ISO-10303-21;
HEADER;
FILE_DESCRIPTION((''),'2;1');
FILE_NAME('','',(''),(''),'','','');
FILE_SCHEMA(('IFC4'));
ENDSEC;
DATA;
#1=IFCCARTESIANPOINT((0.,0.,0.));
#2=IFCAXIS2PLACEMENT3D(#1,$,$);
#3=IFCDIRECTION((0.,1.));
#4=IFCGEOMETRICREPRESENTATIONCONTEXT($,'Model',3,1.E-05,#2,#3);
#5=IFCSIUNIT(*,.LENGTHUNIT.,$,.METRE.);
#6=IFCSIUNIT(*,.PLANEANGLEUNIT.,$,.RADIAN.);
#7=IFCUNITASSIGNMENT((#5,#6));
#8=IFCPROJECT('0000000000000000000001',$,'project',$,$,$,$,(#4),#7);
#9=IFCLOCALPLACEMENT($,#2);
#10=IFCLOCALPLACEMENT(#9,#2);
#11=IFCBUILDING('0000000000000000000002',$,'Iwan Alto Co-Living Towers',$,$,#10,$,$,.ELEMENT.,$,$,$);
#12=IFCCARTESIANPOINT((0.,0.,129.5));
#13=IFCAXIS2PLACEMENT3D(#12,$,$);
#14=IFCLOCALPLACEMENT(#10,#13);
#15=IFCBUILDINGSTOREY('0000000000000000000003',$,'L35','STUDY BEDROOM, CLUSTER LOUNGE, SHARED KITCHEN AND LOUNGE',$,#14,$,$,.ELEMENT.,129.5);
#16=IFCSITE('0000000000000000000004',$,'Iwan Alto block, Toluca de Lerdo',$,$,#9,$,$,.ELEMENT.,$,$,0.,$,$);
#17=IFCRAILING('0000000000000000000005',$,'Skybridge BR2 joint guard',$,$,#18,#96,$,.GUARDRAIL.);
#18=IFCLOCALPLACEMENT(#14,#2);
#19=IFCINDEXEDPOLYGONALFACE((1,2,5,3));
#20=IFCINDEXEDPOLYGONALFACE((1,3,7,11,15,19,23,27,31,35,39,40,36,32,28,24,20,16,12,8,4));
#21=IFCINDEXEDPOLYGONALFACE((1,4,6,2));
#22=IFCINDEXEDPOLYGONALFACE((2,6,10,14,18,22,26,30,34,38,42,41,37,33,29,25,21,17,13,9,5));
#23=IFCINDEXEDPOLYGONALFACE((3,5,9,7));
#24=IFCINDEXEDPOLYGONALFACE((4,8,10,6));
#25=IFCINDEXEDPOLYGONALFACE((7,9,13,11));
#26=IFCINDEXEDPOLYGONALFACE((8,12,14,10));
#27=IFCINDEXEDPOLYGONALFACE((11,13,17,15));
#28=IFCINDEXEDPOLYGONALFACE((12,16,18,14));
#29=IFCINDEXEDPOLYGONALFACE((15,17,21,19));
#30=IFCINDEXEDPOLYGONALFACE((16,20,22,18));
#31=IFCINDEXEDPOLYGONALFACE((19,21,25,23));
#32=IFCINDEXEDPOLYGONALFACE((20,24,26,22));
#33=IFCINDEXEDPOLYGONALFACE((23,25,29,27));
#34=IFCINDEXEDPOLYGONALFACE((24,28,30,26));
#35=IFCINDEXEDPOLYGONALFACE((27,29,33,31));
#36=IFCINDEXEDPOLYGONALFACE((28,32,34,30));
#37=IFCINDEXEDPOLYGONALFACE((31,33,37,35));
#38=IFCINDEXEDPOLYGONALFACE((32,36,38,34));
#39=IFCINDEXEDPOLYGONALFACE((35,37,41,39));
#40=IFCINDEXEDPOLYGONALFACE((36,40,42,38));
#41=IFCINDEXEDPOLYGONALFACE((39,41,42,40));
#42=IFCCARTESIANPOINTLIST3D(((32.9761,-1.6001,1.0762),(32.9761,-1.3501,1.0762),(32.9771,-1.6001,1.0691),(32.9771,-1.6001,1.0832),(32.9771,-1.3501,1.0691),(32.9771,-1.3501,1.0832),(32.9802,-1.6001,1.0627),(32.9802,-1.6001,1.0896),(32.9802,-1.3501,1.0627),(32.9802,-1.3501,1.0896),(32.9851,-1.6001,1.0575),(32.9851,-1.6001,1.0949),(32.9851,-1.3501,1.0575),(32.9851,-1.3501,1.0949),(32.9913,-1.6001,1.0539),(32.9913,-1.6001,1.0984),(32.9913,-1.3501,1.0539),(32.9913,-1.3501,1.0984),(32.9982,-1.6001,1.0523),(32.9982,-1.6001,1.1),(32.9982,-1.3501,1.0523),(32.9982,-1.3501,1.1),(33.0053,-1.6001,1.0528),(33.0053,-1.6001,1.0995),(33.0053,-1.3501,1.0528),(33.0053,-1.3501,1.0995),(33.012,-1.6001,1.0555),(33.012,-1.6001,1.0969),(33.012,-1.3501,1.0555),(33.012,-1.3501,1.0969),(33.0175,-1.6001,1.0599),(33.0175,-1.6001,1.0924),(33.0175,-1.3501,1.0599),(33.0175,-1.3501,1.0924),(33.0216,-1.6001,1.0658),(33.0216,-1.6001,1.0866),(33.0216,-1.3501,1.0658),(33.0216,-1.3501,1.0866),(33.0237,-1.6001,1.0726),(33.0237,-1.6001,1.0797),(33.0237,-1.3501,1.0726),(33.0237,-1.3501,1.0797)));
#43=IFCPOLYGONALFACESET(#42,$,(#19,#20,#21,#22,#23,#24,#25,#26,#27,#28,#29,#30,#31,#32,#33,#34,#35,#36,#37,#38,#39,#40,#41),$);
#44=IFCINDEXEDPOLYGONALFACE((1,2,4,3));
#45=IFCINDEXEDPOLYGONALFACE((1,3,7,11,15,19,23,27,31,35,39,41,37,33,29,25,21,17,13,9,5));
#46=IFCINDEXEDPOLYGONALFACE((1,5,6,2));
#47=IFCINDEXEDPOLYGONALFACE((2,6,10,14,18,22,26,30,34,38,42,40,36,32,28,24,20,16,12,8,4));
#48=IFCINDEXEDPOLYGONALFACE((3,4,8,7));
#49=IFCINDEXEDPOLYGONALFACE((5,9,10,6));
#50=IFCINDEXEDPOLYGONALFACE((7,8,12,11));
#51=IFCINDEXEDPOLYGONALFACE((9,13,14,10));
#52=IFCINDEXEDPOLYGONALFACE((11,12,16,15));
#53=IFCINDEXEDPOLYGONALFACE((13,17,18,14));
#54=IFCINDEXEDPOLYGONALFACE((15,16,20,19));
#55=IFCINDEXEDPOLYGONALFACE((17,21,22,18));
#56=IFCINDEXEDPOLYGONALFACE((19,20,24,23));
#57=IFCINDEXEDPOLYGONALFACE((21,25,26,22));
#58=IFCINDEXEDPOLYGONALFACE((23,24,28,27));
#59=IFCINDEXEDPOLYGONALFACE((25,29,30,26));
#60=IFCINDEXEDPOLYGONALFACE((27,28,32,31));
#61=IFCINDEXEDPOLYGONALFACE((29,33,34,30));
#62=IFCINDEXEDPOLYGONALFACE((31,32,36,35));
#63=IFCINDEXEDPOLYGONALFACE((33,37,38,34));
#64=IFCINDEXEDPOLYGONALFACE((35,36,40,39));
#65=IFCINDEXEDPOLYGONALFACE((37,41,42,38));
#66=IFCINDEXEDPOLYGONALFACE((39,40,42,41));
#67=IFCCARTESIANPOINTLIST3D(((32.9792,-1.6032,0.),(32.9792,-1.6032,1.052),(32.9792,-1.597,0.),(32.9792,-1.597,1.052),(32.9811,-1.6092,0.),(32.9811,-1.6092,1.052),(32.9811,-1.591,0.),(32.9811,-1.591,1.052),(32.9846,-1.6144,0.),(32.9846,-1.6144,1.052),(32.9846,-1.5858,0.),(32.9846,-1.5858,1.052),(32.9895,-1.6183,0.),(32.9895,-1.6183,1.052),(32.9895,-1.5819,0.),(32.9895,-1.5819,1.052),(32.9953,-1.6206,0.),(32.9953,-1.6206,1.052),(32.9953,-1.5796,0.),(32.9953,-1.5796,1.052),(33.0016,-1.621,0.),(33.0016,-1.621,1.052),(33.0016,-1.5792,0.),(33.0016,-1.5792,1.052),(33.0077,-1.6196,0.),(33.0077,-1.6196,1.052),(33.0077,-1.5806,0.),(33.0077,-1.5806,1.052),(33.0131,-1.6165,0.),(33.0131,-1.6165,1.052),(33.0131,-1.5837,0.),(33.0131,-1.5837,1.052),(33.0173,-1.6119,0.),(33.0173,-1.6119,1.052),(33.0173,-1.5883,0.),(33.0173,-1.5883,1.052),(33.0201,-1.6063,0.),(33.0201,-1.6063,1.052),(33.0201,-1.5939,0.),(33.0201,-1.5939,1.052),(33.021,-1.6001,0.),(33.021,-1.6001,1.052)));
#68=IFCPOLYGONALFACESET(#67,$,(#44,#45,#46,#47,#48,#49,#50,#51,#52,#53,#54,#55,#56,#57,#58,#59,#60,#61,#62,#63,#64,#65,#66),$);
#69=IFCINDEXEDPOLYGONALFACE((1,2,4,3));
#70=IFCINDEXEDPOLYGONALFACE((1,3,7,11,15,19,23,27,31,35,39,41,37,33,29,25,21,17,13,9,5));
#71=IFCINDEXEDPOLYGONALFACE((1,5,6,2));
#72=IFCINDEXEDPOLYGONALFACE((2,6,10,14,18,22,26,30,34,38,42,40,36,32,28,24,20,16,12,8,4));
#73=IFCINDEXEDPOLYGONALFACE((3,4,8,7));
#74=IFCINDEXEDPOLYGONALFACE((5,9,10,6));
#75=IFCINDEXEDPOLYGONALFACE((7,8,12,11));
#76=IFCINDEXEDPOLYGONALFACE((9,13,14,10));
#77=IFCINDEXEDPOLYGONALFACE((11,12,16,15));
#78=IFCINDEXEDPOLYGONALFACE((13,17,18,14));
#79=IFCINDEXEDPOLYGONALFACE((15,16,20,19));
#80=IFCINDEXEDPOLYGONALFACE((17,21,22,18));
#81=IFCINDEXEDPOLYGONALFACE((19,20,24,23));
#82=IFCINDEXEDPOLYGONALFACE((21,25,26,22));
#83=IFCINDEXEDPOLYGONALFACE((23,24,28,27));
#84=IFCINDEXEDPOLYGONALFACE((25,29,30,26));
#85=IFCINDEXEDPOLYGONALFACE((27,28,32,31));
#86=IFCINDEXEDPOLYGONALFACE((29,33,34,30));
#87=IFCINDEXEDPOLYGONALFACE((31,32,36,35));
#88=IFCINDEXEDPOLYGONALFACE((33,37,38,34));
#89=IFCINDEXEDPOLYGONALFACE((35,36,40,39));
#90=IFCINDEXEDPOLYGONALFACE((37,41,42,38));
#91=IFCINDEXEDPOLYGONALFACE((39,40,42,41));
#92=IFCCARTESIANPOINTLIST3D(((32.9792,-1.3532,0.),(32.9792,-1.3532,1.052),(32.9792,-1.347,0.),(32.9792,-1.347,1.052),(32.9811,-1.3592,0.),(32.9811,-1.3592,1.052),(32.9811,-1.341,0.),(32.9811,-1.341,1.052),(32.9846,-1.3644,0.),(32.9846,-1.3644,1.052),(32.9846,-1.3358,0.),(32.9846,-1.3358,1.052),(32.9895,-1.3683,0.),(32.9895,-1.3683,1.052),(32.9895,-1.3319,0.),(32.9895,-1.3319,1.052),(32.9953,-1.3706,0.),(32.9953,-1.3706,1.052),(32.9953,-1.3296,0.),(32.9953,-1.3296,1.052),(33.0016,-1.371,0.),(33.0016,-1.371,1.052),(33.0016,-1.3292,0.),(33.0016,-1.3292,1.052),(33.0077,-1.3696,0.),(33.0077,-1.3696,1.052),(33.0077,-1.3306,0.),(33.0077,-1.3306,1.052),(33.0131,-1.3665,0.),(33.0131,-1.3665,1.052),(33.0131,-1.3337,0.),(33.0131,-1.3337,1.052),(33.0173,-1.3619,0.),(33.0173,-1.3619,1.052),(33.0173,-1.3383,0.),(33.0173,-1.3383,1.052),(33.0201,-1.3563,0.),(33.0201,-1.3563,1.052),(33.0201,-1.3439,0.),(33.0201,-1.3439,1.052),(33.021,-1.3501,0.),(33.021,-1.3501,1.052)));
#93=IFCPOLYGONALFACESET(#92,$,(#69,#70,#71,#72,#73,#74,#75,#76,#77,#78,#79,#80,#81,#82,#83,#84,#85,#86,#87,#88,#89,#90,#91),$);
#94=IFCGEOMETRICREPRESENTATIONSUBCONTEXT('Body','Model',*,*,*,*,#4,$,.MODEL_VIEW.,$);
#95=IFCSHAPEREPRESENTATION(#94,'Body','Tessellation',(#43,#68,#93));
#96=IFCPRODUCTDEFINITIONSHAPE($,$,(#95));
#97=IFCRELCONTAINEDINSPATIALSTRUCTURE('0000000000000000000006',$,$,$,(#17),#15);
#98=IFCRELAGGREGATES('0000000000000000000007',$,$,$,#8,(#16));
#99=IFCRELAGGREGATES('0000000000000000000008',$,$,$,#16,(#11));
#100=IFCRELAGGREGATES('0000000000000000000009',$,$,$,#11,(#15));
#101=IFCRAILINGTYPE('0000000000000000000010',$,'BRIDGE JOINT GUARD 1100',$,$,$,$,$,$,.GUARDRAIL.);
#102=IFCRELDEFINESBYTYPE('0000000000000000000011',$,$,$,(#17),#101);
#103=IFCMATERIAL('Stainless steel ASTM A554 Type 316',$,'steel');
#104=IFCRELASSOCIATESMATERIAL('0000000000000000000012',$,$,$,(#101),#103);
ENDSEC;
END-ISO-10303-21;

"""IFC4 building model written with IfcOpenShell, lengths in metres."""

from ifc_helpers import new_model, si_unit, direction, frame, origin, origin_2d, place, context, subcontext, project, spatial, circle, extrude, material, type_object, element, save


model = new_model("IFC4")

# Units and contexts
model_context = context("Model", 3, precision=1e-05, world=origin(), true_north=direction((0.0, 1.0)))
body_context = subcontext(model_context, "Body", "Model", "MODEL_VIEW")
ifc_project = project(units=[si_unit("LENGTHUNIT", "METRE"), si_unit("PLANEANGLEUNIT", "RADIAN")], contexts=[model_context])

# Site, building, storey
site_placement = place(None, origin())
site = spatial("IfcSite", under=ifc_project, at=site_placement, Name="Iwan Alto block, Toluca de Lerdo", CompositionType="ELEMENT", RefElevation=0.0)
building_placement = place(site_placement, origin())
building = spatial("IfcBuilding", under=site, at=building_placement, Name="Iwan Alto Co-Living Towers", CompositionType="ELEMENT")
storey_placement = place(building_placement, frame((0.0, 0.0, 129.5)))
storey = spatial("IfcBuildingStorey", under=building, at=storey_placement, Name="L35", Description="STUDY BEDROOM, CLUSTER LOUNGE, SHARED KITCHEN AND LOUNGE", CompositionType="ELEMENT", Elevation=129.5)

# Railing
ifc_material_1 = material(Name="Stainless steel ASTM A554 Type 316", Category="steel")
railing_type_1 = type_object("IfcRailingType", Name="BRIDGE JOINT GUARD 1100", PredefinedType="GUARDRAIL", material=ifc_material_1)
railing_1_placement = place(storey_placement, frame((33.0, -1.6001, 0.0)))
element("IfcRailing", 1, at=railing_1_placement, inside=storey, type_object=railing_type_1, Name="Skybridge BR2 joint guard", PredefinedType="GUARDRAIL", context=body_context, shape_type="SweptSolid", body=[
    extrude(circle(Radius=0.0239, at=origin_2d()), frame((0.0, 0.0, 1.0762), z_axis=(0.0, 1.0, 0.0), x_axis=(-1.0, 0.0, 0.0)), (0.0, 0.0, 1.0), 0.25),
    extrude(circle(Radius=0.021, at=origin_2d()), origin(), (0.0, 0.0, 1.0), 1.052),
    extrude(circle(Radius=0.021, at=origin_2d()), frame((0.0, 0.25, 0.0)), (0.0, 0.0, 1.0), 1.052),
])

save(model, "model.ifc")
